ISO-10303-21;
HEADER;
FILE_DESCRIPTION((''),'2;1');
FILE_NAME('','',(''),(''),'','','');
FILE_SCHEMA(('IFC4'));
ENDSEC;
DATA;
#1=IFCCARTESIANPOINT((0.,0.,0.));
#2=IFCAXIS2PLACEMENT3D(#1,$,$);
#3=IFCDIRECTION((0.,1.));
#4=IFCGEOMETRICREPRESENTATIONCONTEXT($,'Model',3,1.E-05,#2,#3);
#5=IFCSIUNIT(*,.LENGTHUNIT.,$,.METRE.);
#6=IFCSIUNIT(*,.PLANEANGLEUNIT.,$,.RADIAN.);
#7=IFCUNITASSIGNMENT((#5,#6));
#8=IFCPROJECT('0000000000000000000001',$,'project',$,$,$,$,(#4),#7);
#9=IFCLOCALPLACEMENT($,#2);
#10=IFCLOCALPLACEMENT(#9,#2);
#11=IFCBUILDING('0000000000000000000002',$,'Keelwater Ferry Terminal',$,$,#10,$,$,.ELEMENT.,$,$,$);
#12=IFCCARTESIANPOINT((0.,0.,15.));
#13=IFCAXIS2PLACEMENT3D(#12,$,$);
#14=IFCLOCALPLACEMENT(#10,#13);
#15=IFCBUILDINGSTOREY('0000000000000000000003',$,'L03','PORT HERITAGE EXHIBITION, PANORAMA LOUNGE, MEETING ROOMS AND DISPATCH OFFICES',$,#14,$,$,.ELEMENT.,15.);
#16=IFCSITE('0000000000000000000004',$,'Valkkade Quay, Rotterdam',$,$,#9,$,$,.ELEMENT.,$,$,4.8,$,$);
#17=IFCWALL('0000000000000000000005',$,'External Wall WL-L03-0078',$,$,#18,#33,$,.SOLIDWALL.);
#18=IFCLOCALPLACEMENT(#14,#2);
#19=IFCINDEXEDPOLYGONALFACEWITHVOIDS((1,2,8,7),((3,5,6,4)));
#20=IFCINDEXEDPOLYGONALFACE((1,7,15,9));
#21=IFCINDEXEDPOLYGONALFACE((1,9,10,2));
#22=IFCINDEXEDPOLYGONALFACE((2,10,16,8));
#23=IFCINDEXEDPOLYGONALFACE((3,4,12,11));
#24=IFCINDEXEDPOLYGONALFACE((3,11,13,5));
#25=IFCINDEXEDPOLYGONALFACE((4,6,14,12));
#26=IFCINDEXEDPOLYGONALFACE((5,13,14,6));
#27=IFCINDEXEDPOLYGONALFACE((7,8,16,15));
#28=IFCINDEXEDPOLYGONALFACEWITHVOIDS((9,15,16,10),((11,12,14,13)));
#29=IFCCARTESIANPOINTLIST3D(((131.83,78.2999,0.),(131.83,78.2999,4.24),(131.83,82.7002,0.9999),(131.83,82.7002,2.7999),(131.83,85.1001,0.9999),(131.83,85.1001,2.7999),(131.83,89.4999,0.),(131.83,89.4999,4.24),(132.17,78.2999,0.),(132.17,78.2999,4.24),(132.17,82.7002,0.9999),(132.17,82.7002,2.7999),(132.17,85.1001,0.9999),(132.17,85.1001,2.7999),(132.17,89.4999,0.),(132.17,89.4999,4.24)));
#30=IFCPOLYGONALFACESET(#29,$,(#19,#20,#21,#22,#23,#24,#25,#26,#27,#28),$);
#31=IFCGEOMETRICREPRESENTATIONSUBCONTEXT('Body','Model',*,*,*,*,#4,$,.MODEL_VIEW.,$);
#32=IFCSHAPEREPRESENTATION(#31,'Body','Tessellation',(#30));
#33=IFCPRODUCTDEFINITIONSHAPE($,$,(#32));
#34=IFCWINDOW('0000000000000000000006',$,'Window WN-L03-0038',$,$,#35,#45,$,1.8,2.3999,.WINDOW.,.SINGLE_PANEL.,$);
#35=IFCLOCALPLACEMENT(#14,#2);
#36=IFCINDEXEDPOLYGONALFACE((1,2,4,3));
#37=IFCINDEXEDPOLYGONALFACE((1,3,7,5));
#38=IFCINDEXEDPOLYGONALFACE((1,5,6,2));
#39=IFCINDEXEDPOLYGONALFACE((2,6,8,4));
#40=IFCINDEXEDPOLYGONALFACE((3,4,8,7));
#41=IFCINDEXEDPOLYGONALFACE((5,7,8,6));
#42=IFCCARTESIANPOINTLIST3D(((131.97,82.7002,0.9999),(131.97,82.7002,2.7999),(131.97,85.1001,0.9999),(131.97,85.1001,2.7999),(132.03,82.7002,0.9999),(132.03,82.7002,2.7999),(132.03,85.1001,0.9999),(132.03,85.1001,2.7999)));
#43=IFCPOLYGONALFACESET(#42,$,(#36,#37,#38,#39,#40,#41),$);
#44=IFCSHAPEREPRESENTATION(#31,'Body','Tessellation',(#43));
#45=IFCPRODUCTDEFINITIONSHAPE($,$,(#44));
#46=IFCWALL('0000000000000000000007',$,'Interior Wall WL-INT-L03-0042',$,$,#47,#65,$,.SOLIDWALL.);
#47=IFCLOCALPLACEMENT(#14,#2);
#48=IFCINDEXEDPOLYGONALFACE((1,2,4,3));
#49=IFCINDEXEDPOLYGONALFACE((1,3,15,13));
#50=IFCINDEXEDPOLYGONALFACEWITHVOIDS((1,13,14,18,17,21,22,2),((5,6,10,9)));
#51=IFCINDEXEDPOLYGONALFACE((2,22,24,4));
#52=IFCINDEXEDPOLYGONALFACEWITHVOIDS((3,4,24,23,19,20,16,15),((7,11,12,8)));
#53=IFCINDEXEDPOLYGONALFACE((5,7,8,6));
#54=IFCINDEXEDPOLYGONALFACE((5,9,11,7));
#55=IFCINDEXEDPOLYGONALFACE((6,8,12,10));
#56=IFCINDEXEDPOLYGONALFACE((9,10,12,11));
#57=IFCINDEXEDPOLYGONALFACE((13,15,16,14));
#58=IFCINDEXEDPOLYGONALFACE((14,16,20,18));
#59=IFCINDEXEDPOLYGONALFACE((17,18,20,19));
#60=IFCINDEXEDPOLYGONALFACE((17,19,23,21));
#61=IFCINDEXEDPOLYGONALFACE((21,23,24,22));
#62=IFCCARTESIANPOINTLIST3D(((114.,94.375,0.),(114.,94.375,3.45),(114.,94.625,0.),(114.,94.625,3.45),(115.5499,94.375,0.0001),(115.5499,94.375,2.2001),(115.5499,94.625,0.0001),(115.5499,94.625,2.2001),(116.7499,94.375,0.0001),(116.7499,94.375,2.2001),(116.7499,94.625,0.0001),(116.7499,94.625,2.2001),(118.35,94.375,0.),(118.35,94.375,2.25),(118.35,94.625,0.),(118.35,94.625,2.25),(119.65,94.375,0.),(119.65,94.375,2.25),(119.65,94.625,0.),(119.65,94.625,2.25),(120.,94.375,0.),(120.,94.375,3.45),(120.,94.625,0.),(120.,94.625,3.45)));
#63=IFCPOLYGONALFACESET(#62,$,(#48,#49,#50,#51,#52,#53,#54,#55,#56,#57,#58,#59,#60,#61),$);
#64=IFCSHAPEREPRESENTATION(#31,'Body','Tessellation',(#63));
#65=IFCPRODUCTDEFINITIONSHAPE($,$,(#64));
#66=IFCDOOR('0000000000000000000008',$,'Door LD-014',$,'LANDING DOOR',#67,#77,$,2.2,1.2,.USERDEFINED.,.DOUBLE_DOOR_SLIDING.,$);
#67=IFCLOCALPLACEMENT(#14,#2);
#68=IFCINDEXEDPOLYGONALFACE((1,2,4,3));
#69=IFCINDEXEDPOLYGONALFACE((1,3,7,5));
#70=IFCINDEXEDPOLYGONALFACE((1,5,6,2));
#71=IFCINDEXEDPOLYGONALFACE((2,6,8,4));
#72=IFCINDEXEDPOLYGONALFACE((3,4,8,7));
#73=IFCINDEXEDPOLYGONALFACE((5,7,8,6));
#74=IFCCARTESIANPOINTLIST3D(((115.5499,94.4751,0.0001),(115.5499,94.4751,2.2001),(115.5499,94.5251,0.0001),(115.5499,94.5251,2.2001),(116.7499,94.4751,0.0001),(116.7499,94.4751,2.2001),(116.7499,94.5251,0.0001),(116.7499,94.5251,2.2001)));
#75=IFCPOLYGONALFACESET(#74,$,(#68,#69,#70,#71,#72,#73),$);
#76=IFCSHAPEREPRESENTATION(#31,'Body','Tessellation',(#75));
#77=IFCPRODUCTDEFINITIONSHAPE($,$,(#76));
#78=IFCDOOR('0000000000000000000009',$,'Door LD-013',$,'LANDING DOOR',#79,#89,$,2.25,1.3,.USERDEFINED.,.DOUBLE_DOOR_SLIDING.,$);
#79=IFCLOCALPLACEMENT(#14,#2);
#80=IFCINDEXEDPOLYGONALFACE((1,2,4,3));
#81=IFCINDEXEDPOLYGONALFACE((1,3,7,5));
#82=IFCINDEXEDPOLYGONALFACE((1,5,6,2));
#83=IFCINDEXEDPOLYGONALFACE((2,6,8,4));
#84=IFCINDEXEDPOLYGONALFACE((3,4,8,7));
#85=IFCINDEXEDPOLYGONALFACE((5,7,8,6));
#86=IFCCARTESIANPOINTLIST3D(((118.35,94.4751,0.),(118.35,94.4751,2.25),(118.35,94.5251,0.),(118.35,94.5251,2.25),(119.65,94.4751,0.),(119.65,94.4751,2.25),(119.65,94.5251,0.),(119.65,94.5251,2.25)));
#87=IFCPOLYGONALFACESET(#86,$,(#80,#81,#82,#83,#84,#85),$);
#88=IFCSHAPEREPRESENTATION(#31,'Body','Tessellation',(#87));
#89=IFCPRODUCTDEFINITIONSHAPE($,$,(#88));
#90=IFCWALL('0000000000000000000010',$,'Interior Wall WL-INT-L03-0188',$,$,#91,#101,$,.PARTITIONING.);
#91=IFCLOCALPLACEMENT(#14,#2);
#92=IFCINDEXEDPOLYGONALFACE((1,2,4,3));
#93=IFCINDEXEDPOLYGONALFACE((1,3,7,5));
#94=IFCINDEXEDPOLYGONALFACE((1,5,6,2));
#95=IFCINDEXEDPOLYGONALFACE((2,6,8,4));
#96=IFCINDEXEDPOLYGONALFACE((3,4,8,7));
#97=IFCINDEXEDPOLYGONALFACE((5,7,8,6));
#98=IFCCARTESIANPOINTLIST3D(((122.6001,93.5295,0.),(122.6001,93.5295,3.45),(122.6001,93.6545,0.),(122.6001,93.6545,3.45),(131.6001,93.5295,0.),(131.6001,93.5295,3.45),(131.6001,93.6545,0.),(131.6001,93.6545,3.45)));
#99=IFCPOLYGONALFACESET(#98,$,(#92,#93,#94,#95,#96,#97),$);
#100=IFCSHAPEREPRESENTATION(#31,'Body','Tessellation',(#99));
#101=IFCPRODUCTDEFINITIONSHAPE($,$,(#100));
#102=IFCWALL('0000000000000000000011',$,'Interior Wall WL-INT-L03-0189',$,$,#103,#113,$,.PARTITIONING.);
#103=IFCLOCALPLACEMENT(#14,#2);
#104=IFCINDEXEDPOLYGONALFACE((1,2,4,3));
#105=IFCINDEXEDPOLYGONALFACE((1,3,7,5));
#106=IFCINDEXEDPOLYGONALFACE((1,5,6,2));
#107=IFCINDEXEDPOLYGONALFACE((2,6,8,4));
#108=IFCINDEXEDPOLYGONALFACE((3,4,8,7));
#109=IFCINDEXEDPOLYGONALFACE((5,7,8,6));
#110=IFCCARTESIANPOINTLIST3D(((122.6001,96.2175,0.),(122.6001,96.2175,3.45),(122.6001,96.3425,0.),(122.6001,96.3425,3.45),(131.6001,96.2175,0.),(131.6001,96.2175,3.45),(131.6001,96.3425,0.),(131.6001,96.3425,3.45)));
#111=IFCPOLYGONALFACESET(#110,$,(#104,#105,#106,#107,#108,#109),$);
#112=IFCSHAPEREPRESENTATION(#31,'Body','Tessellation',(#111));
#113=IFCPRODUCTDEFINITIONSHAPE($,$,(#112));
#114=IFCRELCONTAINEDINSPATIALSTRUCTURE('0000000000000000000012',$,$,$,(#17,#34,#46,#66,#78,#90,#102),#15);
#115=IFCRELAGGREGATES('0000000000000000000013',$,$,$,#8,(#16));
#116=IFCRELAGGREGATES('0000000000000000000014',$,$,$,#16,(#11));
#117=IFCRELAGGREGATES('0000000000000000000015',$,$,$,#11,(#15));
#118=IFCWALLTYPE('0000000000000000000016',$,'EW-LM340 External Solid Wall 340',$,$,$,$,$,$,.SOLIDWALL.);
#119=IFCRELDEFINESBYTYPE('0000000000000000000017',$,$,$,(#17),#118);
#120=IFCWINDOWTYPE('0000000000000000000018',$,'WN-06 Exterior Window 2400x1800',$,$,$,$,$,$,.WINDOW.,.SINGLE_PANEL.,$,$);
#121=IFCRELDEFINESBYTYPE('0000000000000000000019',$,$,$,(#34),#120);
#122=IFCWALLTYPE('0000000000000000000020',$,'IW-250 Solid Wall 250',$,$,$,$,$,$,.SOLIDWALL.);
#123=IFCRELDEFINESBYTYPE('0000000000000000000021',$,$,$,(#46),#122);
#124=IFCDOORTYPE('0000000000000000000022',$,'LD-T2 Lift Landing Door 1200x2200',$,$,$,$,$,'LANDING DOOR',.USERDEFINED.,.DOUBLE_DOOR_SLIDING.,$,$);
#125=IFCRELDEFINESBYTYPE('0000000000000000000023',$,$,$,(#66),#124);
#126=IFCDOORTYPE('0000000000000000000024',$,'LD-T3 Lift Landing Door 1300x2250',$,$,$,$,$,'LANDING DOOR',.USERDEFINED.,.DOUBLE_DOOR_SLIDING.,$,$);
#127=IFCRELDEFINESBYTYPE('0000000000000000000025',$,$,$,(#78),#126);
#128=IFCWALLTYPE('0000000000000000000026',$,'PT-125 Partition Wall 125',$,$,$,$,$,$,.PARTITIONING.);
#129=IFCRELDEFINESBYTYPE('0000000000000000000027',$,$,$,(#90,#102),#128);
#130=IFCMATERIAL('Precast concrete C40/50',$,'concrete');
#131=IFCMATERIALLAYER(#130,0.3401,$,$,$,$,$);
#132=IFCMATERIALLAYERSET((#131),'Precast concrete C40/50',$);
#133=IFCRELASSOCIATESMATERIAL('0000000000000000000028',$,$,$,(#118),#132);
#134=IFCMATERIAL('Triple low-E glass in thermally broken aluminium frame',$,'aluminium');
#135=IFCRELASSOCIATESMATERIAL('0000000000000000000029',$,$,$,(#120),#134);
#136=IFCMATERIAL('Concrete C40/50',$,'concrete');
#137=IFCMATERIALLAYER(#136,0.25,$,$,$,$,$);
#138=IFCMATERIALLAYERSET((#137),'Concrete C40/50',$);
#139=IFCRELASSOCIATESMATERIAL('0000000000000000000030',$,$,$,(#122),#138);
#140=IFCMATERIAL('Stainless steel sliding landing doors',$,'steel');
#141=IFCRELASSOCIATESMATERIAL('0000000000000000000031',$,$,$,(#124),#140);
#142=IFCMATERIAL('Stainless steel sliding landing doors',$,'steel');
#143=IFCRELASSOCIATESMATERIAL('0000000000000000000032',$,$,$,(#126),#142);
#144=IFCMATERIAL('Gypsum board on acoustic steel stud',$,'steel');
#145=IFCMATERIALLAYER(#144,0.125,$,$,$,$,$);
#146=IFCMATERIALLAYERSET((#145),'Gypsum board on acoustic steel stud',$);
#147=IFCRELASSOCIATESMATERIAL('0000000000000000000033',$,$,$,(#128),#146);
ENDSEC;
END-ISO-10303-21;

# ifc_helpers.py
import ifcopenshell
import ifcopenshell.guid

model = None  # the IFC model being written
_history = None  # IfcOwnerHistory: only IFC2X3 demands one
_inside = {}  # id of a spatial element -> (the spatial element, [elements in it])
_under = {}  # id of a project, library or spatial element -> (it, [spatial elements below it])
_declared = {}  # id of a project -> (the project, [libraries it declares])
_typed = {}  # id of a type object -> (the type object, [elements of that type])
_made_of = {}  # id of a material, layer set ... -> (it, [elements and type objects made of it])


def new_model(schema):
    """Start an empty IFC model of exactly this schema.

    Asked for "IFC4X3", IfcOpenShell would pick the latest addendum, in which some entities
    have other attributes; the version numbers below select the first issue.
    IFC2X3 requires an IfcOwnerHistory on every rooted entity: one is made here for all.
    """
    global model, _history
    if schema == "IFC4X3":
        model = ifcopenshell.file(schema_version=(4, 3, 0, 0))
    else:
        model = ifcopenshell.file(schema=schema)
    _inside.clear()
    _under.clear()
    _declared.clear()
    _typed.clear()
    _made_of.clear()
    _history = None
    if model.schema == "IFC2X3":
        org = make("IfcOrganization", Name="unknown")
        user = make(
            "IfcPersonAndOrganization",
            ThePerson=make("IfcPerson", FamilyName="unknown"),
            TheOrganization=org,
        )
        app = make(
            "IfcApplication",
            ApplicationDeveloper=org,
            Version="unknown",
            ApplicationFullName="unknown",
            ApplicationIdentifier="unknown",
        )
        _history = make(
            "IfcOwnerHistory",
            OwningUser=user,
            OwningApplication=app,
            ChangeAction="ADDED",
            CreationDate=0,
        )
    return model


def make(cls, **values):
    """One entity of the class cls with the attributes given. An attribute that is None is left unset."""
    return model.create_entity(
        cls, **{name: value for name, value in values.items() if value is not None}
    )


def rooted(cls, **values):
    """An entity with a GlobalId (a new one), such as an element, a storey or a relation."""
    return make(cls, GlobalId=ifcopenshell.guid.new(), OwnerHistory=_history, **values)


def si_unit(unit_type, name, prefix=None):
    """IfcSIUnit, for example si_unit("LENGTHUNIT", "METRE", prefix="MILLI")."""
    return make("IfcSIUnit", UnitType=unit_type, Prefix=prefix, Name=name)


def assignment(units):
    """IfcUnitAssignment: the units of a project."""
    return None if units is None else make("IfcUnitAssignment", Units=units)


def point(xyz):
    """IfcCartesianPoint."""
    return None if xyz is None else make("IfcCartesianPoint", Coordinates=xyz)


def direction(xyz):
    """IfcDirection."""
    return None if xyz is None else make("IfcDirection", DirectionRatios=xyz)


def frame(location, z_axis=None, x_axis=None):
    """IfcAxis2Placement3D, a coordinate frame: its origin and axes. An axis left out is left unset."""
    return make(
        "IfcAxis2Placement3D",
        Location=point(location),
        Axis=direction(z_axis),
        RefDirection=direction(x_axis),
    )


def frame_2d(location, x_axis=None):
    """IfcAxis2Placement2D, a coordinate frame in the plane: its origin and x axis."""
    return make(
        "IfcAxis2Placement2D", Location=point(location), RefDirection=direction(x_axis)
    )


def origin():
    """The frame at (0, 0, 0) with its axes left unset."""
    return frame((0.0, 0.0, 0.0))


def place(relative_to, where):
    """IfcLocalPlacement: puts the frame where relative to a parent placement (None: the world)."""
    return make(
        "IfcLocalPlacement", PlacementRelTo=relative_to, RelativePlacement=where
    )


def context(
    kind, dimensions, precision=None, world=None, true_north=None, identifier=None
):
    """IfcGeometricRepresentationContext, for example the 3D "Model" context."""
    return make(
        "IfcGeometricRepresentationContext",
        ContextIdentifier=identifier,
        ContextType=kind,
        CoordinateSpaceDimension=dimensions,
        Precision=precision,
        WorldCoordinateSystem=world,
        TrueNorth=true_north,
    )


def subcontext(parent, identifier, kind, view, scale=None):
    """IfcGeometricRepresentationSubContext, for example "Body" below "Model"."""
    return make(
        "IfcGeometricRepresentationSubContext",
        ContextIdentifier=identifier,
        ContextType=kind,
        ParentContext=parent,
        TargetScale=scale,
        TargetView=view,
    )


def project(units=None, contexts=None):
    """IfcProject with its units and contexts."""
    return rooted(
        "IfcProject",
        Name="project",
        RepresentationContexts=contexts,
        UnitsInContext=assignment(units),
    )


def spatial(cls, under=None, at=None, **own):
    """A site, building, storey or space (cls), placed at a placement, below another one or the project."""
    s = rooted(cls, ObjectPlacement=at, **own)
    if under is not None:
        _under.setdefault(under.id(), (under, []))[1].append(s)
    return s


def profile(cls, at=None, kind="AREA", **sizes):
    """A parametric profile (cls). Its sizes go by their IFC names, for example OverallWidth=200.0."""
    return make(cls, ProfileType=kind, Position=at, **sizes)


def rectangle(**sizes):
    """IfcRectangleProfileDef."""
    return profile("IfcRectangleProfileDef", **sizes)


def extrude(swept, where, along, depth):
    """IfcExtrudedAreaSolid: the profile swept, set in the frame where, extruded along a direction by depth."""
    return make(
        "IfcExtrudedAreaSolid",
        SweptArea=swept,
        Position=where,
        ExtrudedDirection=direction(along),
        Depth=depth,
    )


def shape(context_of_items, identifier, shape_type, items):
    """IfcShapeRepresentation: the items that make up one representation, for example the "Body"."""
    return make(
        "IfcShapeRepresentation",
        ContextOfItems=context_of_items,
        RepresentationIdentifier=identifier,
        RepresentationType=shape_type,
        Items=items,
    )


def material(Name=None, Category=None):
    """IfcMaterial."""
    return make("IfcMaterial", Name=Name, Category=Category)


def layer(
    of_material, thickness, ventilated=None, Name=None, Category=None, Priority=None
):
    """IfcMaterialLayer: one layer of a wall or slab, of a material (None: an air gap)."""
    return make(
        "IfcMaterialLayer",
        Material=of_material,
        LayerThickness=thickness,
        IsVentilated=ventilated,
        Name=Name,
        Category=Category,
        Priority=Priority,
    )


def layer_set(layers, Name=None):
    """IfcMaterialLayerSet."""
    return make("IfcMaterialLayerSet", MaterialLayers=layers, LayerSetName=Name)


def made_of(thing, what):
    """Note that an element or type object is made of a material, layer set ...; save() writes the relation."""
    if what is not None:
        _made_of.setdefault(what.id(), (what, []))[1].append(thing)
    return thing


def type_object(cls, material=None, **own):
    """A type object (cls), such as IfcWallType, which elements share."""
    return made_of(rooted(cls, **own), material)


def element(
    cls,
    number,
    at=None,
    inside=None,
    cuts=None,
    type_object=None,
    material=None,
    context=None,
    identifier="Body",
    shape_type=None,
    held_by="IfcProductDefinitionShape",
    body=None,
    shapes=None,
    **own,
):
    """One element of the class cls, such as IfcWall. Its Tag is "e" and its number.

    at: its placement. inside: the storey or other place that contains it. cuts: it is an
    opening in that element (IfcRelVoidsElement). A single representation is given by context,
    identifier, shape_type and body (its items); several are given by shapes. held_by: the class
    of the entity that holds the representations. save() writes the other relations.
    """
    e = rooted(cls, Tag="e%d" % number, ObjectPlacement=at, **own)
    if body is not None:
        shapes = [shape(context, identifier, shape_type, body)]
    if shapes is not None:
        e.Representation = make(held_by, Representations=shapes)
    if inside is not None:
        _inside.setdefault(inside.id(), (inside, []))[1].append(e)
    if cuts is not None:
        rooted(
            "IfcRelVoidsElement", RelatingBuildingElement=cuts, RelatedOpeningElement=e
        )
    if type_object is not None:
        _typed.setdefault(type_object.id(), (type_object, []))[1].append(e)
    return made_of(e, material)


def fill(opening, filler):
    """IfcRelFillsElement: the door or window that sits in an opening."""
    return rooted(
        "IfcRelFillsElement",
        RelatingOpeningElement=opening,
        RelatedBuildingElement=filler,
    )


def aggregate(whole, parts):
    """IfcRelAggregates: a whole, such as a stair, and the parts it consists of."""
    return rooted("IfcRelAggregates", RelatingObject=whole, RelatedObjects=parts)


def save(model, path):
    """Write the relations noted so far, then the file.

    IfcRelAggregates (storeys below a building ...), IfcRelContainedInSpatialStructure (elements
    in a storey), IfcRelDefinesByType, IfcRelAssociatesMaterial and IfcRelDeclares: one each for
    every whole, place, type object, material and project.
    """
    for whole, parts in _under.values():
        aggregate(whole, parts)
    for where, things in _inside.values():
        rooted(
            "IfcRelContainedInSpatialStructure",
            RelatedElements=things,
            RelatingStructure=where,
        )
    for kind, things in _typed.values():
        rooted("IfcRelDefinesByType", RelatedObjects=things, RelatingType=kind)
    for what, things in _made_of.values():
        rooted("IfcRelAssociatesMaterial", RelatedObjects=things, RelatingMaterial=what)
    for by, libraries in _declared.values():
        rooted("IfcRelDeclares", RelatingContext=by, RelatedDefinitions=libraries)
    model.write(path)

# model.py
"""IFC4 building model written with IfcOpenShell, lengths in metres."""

from ifc_helpers import new_model, si_unit, direction, frame, frame_2d, origin, place, context, subcontext, project, spatial, rectangle, extrude, material, layer, layer_set, type_object, element, fill, save


model = new_model("IFC4")

# Units and contexts
model_context = context("Model", 3, precision=1e-05, world=origin(), true_north=direction((0.0, 1.0)))
body_context = subcontext(model_context, "Body", "Model", "MODEL_VIEW")
ifc_project = project(units=[si_unit("LENGTHUNIT", "METRE"), si_unit("PLANEANGLEUNIT", "RADIAN")], contexts=[model_context])

# Site, building, storey
site_placement = place(None, origin())
site = spatial("IfcSite", under=ifc_project, at=site_placement, Name="Valkkade Quay, Rotterdam", CompositionType="ELEMENT", RefElevation=4.8)
building_placement = place(site_placement, origin())
building = spatial("IfcBuilding", under=site, at=building_placement, Name="Keelwater Ferry Terminal", CompositionType="ELEMENT")
storey_placement = place(building_placement, frame((0.0, 0.0, 15.0)))
storey = spatial("IfcBuildingStorey", under=building, at=storey_placement, Name="L03", Description="PORT HERITAGE EXHIBITION, PANORAMA LOUNGE, MEETING ROOMS AND DISPATCH OFFICES", CompositionType="ELEMENT", Elevation=15.0)

# Wall, opening, window
ifc_material_1 = material(Name="Precast concrete C40/50", Category="concrete")
ifc_layer_1 = layer(ifc_material_1, 0.3401)
ifc_layer_set_1 = layer_set([ifc_layer_1], Name="Precast concrete C40/50")
wall_type_1 = type_object("IfcWallType", Name="EW-LM340 External Solid Wall 340", PredefinedType="SOLIDWALL", material=ifc_layer_set_1)
wall_1_placement = place(storey_placement, frame((132.0, 89.5, 0.0), z_axis=(0.0, 0.0, 1.0), x_axis=(0.0, -1.0, 0.0)))
wall_1 = element("IfcWall", 1, at=wall_1_placement, inside=storey, type_object=wall_type_1, Name="External Wall WL-L03-0078", PredefinedType="SOLIDWALL", context=body_context, shape_type="SweptSolid", body=[
    extrude(rectangle(XDim=11.2, YDim=0.3401, at=frame_2d((5.6001, 0.0))), origin(), (0.0, 0.0, 1.0), 4.24),
])
opening_1_placement = place(wall_1_placement, frame((4.3999, 0.0, 1.0)))
opening_1 = element("IfcOpeningElement", 2, at=opening_1_placement, cuts=wall_1, PredefinedType="OPENING", context=body_context, shape_type="SweptSolid", body=[
    extrude(rectangle(XDim=2.3999, YDim=1.8, at=frame_2d((1.2, 0.8999))), frame((0.0, 0.1799, 0.0), z_axis=(0.0, -1.0, 0.0), x_axis=(1.0, 0.0, 0.0)), (0.0, 0.0, 1.0), 0.3601),
])
ifc_material_2 = material(Name="Triple low-E glass in thermally broken aluminium frame", Category="aluminium")
window_type = type_object("IfcWindowType", Name="WN-06 Exterior Window 2400x1800", PartitioningType="SINGLE_PANEL", PredefinedType="WINDOW", material=ifc_material_2)
window_placement = place(opening_1_placement, origin())
window = element("IfcWindow", 3, at=window_placement, inside=storey, type_object=window_type, Name="Window WN-L03-0038", OverallHeight=1.8, OverallWidth=2.3999, PartitioningType="SINGLE_PANEL", PredefinedType="WINDOW", context=body_context, shape_type="SweptSolid", body=[
    extrude(rectangle(XDim=2.3999, YDim=1.8, at=frame_2d((1.2, 0.8999))), frame((0.0, 0.03, 0.0), z_axis=(0.0, -1.0, 0.0), x_axis=(1.0, 0.0, 0.0)), (0.0, 0.0, 1.0), 0.0601),
])
fill(opening_1, window)

# Wall, openings, doors
ifc_material_3 = material(Name="Concrete C40/50", Category="concrete")
ifc_layer_2 = layer(ifc_material_3, 0.25)
ifc_layer_set_2 = layer_set([ifc_layer_2], Name="Concrete C40/50")
wall_type_2 = type_object("IfcWallType", Name="IW-250 Solid Wall 250", PredefinedType="SOLIDWALL", material=ifc_layer_set_2)
wall_2_placement = place(storey_placement, frame((120.0, 94.5, 0.0), z_axis=(0.0, 0.0, 1.0), x_axis=(-1.0, 0.0, 0.0)))
wall_2 = element("IfcWall", 4, at=wall_2_placement, inside=storey, type_object=wall_type_2, Name="Interior Wall WL-INT-L03-0042", PredefinedType="SOLIDWALL", context=body_context, shape_type="SweptSolid", body=[
    extrude(rectangle(XDim=6.0, YDim=0.25, at=frame_2d((3.0, 0.0))), origin(), (0.0, 0.0, 1.0), 3.45),
])
opening_2_placement = place(wall_2_placement, frame((0.3501, 0.0, 0.0)))
opening_2 = element("IfcOpeningElement", 5, at=opening_2_placement, cuts=wall_2, PredefinedType="OPENING", context=body_context, shape_type="SweptSolid", body=[
    extrude(rectangle(XDim=1.3, YDim=2.25, at=frame_2d((0.6499, 1.125))), frame((0.0, 0.135, 0.0), z_axis=(0.0, -1.0, 0.0), x_axis=(1.0, 0.0, 0.0)), (0.0, 0.0, 1.0), 0.27),
])
opening_3_placement = place(wall_2_placement, frame((3.25, 0.0, 0.0)))
opening_3 = element("IfcOpeningElement", 6, at=opening_3_placement, cuts=wall_2, PredefinedType="OPENING", context=body_context, shape_type="SweptSolid", body=[
    extrude(rectangle(XDim=1.2, YDim=2.2, at=frame_2d((0.6001, 1.1001))), frame((0.0, 0.135, 0.0), z_axis=(0.0, -1.0, 0.0), x_axis=(1.0, 0.0, 0.0)), (0.0, 0.0, 1.0), 0.27),
])
ifc_material_4 = material(Name="Stainless steel sliding landing doors", Category="steel")
door_type_1 = type_object("IfcDoorType", Name="LD-T2 Lift Landing Door 1200x2200", ElementType="LANDING DOOR", OperationType="DOUBLE_DOOR_SLIDING", PredefinedType="USERDEFINED", material=ifc_material_4)
door_1_placement = place(opening_3_placement, origin())
door_1 = element("IfcDoor", 7, at=door_1_placement, inside=storey, type_object=door_type_1, Name="Door LD-014", ObjectType="LANDING DOOR", OperationType="DOUBLE_DOOR_SLIDING", OverallHeight=2.2, OverallWidth=1.2, PredefinedType="USERDEFINED", context=body_context, shape_type="SweptSolid", body=[
    extrude(rectangle(XDim=1.2, YDim=2.2, at=frame_2d((0.6001, 1.1001))), frame((0.0, 0.0249, 0.0), z_axis=(0.0, -1.0, 0.0), x_axis=(1.0, 0.0, 0.0)), (0.0, 0.0, 1.0), 0.05),
])
fill(opening_3, door_1)
ifc_material_5 = material(Name="Stainless steel sliding landing doors", Category="steel")
door_type_2 = type_object("IfcDoorType", Name="LD-T3 Lift Landing Door 1300x2250", ElementType="LANDING DOOR", OperationType="DOUBLE_DOOR_SLIDING", PredefinedType="USERDEFINED", material=ifc_material_5)
door_2_placement = place(opening_2_placement, origin())
door_2 = element("IfcDoor", 8, at=door_2_placement, inside=storey, type_object=door_type_2, Name="Door LD-013", ObjectType="LANDING DOOR", OperationType="DOUBLE_DOOR_SLIDING", OverallHeight=2.25, OverallWidth=1.3, PredefinedType="USERDEFINED", context=body_context, shape_type="SweptSolid", body=[
    extrude(rectangle(XDim=1.3, YDim=2.25, at=frame_2d((0.6499, 1.125))), frame((0.0, 0.0249, 0.0), z_axis=(0.0, -1.0, 0.0), x_axis=(1.0, 0.0, 0.0)), (0.0, 0.0, 1.0), 0.05),
])
fill(opening_2, door_2)

# Walls
ifc_material_6 = material(Name="Gypsum board on acoustic steel stud", Category="steel")
ifc_layer_3 = layer(ifc_material_6, 0.125)
ifc_layer_set_3 = layer_set([ifc_layer_3], Name="Gypsum board on acoustic steel stud")
wall_type_3 = type_object("IfcWallType", Name="PT-125 Partition Wall 125", PredefinedType="PARTITIONING", material=ifc_layer_set_3)
for number, where, z_axis, x_axis, name in (
    (9, (122.6001, 93.592, 0.0), (0.0, 0.0, 1.0), (1.0, 0.0, 0.0), "Interior Wall WL-INT-L03-0188"),
    (10, (122.6001, 96.28, 0.0), (0.0, 0.0, 1.0), (1.0, 0.0, 0.0), "Interior Wall WL-INT-L03-0189"),
):
    element("IfcWall", number, at=place(storey_placement, frame(where, z_axis=z_axis, x_axis=x_axis)), inside=storey, type_object=wall_type_3, Name=name, PredefinedType="PARTITIONING", context=body_context, shape_type="SweptSolid", body=[
        extrude(rectangle(XDim=9.0, YDim=0.125, at=frame_2d((4.5, 0.0))), origin(), (0.0, 0.0, 1.0), 3.45),
    ])

save(model, "model.ifc")
